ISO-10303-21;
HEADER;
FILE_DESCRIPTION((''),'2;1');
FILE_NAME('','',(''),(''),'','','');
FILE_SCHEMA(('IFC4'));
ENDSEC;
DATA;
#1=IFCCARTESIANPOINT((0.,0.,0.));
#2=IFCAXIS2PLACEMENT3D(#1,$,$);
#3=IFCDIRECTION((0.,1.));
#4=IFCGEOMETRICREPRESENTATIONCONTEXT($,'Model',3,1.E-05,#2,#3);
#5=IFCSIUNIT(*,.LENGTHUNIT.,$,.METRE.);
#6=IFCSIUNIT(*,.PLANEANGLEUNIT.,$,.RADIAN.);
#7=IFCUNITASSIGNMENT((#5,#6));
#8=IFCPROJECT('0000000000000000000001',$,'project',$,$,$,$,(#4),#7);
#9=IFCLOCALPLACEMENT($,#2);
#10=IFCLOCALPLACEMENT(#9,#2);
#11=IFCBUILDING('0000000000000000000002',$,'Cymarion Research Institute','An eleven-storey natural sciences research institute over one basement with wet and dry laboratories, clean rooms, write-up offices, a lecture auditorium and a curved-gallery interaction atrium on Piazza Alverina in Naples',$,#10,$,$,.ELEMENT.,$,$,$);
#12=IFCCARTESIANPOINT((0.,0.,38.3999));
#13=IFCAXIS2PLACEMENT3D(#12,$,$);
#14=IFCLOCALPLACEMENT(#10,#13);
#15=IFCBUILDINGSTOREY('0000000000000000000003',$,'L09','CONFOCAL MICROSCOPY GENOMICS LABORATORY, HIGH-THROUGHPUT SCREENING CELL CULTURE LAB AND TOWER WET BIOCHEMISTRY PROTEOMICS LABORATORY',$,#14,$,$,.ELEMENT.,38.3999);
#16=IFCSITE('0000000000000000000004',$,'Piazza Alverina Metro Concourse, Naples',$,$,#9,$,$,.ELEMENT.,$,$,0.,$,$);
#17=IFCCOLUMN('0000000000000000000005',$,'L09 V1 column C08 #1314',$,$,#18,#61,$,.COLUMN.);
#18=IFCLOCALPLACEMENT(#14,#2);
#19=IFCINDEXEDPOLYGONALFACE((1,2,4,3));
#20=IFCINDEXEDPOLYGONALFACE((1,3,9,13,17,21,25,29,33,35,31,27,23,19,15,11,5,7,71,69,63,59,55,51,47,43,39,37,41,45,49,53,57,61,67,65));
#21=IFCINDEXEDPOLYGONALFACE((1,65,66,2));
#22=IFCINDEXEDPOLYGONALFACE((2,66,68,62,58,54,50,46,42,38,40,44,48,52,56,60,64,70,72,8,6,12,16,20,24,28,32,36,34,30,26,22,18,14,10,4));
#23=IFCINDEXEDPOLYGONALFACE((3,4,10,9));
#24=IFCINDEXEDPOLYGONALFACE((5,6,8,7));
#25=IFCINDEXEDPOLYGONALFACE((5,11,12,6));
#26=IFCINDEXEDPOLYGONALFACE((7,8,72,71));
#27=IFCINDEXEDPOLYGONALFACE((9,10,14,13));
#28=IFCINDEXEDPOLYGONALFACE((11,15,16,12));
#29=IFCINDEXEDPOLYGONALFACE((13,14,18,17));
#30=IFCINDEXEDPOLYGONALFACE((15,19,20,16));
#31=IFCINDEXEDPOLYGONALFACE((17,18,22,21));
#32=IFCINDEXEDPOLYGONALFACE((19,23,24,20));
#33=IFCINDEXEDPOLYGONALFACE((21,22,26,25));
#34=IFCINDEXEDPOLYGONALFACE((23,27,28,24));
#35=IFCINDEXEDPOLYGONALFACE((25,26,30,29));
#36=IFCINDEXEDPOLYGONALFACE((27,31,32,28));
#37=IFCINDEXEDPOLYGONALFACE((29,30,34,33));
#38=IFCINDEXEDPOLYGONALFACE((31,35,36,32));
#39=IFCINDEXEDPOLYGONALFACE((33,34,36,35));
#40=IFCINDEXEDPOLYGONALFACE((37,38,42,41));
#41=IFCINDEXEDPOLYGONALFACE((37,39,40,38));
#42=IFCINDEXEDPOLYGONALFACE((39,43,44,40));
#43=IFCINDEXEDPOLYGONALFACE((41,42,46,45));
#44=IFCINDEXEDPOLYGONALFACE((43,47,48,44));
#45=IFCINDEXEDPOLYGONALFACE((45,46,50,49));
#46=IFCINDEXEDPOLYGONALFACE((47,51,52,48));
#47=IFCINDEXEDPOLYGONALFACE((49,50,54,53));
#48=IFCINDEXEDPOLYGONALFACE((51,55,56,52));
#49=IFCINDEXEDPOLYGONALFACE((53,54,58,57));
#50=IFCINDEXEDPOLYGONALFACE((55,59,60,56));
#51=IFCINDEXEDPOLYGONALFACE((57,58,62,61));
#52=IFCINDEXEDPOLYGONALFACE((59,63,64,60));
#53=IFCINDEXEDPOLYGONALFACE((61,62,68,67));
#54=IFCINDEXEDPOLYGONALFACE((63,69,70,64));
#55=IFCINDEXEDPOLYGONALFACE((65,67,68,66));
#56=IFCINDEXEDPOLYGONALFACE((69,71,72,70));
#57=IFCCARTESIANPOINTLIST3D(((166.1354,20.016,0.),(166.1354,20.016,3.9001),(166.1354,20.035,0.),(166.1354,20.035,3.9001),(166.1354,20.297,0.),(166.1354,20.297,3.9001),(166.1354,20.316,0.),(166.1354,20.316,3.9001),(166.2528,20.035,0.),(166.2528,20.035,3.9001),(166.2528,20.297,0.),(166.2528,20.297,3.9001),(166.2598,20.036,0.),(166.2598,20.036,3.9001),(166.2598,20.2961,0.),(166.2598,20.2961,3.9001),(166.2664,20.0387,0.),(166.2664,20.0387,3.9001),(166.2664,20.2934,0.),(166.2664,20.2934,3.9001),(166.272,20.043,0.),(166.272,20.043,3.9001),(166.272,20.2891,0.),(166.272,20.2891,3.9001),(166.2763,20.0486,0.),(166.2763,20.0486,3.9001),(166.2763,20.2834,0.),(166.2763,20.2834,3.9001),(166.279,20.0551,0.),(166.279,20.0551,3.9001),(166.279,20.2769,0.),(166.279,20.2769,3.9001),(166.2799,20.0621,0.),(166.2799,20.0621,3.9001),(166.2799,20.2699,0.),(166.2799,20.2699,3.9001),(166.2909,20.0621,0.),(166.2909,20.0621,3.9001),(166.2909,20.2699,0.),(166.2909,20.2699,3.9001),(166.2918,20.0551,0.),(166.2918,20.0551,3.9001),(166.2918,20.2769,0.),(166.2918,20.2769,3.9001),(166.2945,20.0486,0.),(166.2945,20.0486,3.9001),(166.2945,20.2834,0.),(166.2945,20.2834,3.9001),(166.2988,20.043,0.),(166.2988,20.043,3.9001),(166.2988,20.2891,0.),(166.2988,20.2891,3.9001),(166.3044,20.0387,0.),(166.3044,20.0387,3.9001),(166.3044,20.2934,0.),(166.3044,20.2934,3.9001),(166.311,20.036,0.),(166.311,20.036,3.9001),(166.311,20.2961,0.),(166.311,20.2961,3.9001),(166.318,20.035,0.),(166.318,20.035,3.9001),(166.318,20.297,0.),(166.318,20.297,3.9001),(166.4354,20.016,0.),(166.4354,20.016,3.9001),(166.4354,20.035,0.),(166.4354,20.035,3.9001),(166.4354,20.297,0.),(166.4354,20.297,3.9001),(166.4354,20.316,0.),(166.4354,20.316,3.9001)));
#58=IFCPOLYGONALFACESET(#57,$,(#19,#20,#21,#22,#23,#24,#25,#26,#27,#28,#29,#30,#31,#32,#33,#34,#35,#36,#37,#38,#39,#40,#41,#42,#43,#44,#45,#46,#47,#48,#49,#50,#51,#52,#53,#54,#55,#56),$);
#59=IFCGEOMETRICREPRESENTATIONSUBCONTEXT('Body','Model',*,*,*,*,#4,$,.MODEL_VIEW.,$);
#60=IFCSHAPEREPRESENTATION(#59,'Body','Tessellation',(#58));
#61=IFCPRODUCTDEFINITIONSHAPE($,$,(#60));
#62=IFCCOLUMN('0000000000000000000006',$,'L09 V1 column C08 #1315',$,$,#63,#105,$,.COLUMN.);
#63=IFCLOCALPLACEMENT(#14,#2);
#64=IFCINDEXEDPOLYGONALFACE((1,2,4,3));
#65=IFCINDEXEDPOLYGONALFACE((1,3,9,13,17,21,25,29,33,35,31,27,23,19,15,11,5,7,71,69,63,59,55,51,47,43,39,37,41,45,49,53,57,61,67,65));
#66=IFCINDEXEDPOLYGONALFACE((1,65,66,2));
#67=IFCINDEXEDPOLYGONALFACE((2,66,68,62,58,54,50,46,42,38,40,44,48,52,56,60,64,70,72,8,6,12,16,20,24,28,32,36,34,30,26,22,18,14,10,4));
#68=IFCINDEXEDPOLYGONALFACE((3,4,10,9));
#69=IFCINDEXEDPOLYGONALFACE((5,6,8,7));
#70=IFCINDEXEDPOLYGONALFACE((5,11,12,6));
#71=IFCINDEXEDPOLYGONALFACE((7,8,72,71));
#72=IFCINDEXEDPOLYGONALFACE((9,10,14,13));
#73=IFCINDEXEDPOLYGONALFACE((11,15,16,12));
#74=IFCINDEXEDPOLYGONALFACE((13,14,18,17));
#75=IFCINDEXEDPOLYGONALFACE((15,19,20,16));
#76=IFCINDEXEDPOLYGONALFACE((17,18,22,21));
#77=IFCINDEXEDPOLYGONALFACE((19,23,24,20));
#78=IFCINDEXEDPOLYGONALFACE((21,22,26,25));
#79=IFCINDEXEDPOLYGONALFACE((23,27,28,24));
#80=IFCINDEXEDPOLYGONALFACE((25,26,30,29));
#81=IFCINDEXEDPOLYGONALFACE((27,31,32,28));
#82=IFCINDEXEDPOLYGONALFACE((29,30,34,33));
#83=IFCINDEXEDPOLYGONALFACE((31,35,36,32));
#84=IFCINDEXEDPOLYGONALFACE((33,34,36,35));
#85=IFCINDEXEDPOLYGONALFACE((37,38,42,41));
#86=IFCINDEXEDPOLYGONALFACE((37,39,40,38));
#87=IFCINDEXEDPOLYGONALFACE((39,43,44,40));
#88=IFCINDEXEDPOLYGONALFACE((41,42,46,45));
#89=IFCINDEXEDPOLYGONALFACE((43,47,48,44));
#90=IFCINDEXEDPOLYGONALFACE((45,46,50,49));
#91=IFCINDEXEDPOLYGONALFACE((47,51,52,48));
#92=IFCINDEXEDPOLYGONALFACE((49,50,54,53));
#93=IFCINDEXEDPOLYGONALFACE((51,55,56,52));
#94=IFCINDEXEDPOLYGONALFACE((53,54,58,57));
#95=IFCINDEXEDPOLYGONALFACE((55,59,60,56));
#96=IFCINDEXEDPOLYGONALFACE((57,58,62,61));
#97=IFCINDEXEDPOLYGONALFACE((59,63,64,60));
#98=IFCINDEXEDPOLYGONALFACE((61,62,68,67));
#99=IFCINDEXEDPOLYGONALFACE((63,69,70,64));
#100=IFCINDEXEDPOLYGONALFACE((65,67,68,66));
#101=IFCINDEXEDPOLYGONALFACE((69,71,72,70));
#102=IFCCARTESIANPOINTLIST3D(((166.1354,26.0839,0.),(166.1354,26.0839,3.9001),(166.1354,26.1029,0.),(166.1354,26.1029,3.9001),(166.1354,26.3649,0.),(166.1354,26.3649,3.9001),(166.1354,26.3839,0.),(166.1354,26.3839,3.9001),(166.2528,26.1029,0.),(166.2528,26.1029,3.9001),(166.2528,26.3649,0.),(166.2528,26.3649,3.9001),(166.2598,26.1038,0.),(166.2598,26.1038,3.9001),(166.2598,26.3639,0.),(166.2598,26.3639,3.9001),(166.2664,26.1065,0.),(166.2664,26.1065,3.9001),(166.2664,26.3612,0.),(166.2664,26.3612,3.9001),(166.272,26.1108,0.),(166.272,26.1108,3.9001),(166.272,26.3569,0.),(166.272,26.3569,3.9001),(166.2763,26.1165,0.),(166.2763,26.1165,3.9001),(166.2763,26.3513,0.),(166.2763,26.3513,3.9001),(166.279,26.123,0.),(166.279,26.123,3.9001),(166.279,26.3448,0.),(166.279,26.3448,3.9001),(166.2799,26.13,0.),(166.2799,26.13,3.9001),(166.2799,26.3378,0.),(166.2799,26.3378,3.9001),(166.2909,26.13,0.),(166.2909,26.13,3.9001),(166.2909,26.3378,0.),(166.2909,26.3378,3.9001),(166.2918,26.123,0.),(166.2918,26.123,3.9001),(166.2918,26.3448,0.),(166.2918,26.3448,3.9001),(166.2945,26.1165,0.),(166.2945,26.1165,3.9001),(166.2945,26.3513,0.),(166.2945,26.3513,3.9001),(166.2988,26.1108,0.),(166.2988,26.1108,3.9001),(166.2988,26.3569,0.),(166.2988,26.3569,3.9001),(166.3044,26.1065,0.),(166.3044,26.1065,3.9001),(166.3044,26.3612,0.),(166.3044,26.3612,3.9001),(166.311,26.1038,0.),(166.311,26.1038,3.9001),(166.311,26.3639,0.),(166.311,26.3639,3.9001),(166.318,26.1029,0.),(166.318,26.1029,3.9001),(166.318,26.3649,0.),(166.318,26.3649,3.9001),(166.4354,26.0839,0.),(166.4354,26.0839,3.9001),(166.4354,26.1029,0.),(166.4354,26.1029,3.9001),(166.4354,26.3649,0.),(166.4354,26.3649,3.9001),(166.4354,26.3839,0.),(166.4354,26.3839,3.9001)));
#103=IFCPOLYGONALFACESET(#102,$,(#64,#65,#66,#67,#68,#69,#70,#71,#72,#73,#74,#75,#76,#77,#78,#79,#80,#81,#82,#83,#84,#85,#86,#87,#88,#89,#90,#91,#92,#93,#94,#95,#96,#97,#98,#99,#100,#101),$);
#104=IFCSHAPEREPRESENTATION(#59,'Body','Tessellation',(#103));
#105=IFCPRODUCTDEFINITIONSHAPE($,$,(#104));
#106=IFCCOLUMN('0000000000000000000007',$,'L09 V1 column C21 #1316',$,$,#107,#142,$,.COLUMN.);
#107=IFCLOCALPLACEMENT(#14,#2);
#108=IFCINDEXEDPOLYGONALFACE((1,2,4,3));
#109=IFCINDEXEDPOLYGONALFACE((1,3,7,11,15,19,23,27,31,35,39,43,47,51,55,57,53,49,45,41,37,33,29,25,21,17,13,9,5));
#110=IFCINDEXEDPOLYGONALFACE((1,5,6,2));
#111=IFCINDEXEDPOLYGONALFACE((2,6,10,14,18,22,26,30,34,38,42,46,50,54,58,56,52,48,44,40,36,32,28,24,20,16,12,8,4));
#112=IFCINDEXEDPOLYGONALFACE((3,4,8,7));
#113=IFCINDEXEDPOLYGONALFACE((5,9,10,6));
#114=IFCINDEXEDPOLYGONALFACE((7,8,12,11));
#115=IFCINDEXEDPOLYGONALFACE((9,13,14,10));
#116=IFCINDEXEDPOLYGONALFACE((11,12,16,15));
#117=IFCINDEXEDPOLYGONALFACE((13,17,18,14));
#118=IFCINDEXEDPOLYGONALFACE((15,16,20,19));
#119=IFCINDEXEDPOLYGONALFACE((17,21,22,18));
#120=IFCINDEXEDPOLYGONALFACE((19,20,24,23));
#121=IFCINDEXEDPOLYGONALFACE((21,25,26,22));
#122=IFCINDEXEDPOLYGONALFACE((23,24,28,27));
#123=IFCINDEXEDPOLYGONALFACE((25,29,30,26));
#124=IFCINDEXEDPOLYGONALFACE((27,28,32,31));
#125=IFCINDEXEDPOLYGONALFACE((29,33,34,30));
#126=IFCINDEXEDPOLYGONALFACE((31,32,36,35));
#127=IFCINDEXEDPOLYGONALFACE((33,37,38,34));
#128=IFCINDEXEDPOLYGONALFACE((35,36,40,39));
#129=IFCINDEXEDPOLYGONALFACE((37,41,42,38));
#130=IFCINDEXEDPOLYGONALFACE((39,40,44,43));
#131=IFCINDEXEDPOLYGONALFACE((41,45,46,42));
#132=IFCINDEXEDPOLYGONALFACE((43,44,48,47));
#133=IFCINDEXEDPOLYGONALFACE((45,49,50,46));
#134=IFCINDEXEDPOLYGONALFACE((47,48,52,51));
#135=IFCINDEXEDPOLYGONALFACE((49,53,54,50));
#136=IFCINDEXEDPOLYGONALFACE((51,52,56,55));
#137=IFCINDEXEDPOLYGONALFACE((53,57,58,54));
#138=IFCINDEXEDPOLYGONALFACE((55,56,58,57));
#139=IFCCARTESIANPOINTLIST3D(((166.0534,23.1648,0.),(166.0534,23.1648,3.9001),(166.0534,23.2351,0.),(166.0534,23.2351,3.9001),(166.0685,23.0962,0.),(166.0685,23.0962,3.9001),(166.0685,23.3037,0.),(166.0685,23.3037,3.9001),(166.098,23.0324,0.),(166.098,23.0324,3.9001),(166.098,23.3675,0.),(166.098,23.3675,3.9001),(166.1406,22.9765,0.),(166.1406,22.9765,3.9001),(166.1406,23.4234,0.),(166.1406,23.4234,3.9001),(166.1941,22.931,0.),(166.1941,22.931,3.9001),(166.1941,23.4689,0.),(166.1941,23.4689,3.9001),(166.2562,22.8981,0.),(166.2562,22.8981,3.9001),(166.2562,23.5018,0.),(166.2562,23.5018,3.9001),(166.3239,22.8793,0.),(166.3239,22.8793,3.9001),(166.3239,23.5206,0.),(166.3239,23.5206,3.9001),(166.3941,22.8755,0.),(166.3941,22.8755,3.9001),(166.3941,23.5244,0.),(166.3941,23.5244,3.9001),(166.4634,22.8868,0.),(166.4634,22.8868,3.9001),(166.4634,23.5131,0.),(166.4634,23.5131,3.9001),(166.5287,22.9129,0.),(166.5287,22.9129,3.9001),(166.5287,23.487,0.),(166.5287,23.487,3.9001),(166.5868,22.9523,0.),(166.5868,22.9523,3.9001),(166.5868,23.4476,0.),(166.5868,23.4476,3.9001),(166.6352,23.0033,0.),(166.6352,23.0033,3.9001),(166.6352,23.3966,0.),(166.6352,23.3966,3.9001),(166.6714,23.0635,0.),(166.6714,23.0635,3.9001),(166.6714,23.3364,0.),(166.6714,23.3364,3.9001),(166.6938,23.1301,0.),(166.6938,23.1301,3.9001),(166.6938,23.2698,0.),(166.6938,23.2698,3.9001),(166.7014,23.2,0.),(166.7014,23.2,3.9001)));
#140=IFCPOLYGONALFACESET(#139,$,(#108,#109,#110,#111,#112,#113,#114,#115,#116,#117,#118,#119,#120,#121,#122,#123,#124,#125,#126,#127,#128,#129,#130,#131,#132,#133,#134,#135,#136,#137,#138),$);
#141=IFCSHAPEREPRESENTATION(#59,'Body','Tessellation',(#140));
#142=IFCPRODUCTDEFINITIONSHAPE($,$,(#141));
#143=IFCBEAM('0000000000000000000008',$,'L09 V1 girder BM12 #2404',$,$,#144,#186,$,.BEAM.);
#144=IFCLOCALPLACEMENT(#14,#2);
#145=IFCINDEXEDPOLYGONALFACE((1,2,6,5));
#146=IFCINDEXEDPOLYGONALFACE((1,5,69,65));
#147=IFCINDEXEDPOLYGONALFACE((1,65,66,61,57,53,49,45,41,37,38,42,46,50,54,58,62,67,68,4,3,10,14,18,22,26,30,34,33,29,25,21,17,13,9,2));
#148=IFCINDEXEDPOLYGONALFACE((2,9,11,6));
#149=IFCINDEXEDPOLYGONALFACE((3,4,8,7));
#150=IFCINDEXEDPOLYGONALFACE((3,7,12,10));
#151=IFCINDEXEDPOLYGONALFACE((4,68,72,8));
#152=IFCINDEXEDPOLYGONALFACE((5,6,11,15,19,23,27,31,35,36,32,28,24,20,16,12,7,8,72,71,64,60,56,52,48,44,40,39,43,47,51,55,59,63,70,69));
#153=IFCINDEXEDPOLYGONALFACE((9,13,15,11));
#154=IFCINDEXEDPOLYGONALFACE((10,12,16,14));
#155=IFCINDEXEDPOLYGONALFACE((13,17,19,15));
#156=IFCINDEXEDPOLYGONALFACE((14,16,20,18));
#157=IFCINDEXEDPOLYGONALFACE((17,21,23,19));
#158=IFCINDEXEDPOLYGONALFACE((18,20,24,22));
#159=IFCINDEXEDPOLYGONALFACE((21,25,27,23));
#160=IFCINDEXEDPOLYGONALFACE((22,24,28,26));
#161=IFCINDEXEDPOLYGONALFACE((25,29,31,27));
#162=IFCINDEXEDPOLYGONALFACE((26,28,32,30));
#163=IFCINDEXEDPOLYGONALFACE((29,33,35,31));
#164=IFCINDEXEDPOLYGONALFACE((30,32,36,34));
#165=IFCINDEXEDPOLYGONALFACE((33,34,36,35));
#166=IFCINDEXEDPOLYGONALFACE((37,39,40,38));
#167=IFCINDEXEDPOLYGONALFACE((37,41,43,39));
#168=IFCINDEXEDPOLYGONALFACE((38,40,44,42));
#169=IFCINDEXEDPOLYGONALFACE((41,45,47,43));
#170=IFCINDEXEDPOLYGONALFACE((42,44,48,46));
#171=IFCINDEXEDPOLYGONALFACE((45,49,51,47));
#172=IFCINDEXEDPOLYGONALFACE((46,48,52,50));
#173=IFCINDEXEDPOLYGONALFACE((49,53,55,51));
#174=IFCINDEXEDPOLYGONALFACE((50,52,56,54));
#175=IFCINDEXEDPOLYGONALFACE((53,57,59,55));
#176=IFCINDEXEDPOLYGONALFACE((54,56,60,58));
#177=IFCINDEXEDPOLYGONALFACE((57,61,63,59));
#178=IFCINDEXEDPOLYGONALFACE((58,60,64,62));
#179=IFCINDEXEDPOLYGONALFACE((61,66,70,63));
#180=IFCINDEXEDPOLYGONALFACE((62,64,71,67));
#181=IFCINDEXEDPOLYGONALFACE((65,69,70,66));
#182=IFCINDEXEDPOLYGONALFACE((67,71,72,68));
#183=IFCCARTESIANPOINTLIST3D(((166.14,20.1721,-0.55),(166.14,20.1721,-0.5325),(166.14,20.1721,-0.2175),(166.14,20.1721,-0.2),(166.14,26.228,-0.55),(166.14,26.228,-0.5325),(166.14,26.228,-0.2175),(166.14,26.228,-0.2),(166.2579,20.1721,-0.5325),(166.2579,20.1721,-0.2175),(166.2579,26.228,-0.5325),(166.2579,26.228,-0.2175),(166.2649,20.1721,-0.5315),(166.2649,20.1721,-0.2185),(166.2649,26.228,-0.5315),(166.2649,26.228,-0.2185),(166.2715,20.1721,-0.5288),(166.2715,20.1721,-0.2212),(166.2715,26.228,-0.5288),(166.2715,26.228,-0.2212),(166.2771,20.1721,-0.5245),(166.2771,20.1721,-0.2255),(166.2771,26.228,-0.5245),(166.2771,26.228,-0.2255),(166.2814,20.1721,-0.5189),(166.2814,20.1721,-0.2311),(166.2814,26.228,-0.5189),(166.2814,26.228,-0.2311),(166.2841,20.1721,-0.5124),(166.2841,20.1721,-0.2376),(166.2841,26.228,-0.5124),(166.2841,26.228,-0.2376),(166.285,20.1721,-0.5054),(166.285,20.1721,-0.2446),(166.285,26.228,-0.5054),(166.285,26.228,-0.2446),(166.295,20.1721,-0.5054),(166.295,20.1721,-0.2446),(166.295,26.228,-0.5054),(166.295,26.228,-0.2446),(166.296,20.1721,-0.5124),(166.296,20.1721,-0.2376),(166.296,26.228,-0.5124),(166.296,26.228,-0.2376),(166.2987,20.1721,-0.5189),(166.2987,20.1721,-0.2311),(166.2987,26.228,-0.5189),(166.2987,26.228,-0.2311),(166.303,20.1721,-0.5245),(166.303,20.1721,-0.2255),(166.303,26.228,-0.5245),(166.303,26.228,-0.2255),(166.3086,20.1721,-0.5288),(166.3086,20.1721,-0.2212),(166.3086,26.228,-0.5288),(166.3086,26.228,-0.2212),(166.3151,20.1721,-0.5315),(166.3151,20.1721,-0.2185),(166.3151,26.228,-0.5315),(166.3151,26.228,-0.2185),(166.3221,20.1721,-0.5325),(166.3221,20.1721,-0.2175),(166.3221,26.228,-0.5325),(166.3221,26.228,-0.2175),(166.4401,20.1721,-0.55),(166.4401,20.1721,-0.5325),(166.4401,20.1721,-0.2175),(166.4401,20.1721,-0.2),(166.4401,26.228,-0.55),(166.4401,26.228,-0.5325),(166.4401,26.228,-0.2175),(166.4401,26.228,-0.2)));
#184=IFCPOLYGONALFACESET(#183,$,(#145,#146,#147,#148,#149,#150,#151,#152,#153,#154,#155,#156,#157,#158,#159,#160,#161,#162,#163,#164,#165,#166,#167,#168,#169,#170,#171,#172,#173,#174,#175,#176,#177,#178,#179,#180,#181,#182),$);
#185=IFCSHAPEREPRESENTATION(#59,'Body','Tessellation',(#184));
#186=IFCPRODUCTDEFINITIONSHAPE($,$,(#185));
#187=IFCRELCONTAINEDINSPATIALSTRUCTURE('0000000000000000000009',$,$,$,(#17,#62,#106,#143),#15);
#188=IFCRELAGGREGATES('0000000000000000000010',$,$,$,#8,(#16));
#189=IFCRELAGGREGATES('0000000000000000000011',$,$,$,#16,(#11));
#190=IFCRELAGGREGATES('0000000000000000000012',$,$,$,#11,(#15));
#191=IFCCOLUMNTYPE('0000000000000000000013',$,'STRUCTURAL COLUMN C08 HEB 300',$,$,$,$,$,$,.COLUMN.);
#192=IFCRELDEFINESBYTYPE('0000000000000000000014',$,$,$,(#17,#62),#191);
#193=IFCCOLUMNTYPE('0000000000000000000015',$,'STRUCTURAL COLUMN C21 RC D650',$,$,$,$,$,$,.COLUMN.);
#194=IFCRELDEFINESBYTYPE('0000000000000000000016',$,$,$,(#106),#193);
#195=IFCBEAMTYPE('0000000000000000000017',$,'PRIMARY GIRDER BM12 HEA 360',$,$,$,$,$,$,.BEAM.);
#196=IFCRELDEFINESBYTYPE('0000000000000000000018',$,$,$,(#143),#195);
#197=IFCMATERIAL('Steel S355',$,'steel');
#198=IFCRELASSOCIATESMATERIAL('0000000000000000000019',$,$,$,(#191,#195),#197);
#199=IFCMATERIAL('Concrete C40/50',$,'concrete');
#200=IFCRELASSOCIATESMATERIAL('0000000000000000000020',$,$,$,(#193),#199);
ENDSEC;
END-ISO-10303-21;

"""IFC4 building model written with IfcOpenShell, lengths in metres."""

from ifc_helpers import new_model, si_unit, direction, frame, origin, origin_2d, place, context, subcontext, project, spatial, circle, i_section, extrude, material, material_profile, profile_set, type_object, element, save


model = new_model("IFC4")

# Units and contexts
model_context = context("Model", 3, precision=1e-05, world=origin(), true_north=direction((0.0, 1.0)))
body_context = subcontext(model_context, "Body", "Model", "MODEL_VIEW")
ifc_project = project(units=[si_unit("LENGTHUNIT", "METRE"), si_unit("PLANEANGLEUNIT", "RADIAN")], contexts=[model_context])

# Site, building, storey
site_placement = place(None, origin())
site = spatial("IfcSite", under=ifc_project, at=site_placement, Name="Piazza Alverina Metro Concourse, Naples", CompositionType="ELEMENT", RefElevation=0.0)
building_placement = place(site_placement, origin())
building = spatial("IfcBuilding", under=site, at=building_placement, Name="Cymarion Research Institute", Description="An eleven-storey natural sciences research institute over one basement with wet and dry laboratories, clean rooms, write-up offices, a lecture auditorium and a curved-gallery interaction atrium on Piazza Alverina in Naples", CompositionType="ELEMENT")
storey_placement = place(building_placement, frame((0.0, 0.0, 38.3999)))
storey = spatial("IfcBuildingStorey", under=building, at=storey_placement, Name="L09", Description="CONFOCAL MICROSCOPY GENOMICS LABORATORY, HIGH-THROUGHPUT SCREENING CELL CULTURE LAB AND TOWER WET BIOCHEMISTRY PROTEOMICS LABORATORY", CompositionType="ELEMENT", Elevation=38.3999)

# Columns
ifc_material_1 = material(Name="Steel S355", Category="steel")
ifc_material_profile_1 = material_profile(ifc_material_1, i_section(OverallWidth=0.3, OverallDepth=0.3, WebThickness=0.011, FlangeThickness=0.019, FilletRadius=0.0271, at=origin_2d()), Name="HEB 300")
ifc_profile_set_1 = profile_set([ifc_material_profile_1], Name="Steel S355")
column_type_1 = type_object("IfcColumnType", Name="STRUCTURAL COLUMN C08 HEB 300", PredefinedType="COLUMN", material=ifc_profile_set_1)
for number, where, z_axis, x_axis, name in (
    (1, (166.2854, 20.166, 0.0), (0.0, 0.0, 1.0), (1.0, 0.0, 0.0), "L09 V1 column C08 #1314"),
    (2, (166.2854, 26.2339, 0.0), (0.0, 0.0, 1.0), (1.0, 0.0, 0.0), "L09 V1 column C08 #1315"),
):
    element("IfcColumn", number, at=place(storey_placement, frame(where, z_axis=z_axis, x_axis=x_axis)), inside=storey, type_object=column_type_1, Name=name, PredefinedType="COLUMN", context=body_context, shape_type="SweptSolid", body=[
        extrude(i_section(OverallWidth=0.3, OverallDepth=0.3, WebThickness=0.011, FlangeThickness=0.019, FilletRadius=0.0271, at=origin_2d()), origin(), (0.0, 0.0, 1.0), 3.9001),
    ])
ifc_material_2 = material(Name="Concrete C40/50", Category="concrete")
ifc_material_profile_2 = material_profile(ifc_material_2, circle(Radius=0.325, at=origin_2d()), Name="RC D650")
ifc_profile_set_2 = profile_set([ifc_material_profile_2], Name="Concrete C40/50")
column_type_2 = type_object("IfcColumnType", Name="STRUCTURAL COLUMN C21 RC D650", PredefinedType="COLUMN", material=ifc_profile_set_2)
column_placement = place(storey_placement, frame((166.3765, 23.2, 0.0), z_axis=(0.0, 0.0, 1.0), x_axis=(1.0, 0.0, 0.0)))
element("IfcColumn", 3, at=column_placement, inside=storey, type_object=column_type_2, Name="L09 V1 column C21 #1316", PredefinedType="COLUMN", context=body_context, shape_type="SweptSolid", body=[
    extrude(circle(Radius=0.325, at=origin_2d()), origin(), (0.0, 0.0, 1.0), 3.9001),
])

# Beam
ifc_material_profile_3 = material_profile(ifc_material_1, i_section(OverallWidth=0.3, OverallDepth=0.3501, WebThickness=0.01, FlangeThickness=0.0176, FilletRadius=0.0271, at=origin_2d()), Name="HEA 360")
ifc_profile_set_3 = profile_set([ifc_material_profile_3], Name="Steel S355")
beam_type = type_object("IfcBeamType", Name="PRIMARY GIRDER BM12 HEA 360", PredefinedType="BEAM", material=ifc_profile_set_3)
beam_placement = place(storey_placement, frame((166.29, 20.1721, -0.375), z_axis=(0.0, 1.0, 0.0), x_axis=(-1.0, 0.0, 0.0)))
element("IfcBeam", 4, at=beam_placement, inside=storey, type_object=beam_type, Name="L09 V1 girder BM12 #2404", PredefinedType="BEAM", context=body_context, shape_type="SweptSolid", body=[
    extrude(i_section(OverallWidth=0.3, OverallDepth=0.3501, WebThickness=0.01, FlangeThickness=0.0176, FilletRadius=0.0271, at=origin_2d()), origin(), (0.0, 0.0, 1.0), 6.0559),
])

save(model, "model.ifc")
